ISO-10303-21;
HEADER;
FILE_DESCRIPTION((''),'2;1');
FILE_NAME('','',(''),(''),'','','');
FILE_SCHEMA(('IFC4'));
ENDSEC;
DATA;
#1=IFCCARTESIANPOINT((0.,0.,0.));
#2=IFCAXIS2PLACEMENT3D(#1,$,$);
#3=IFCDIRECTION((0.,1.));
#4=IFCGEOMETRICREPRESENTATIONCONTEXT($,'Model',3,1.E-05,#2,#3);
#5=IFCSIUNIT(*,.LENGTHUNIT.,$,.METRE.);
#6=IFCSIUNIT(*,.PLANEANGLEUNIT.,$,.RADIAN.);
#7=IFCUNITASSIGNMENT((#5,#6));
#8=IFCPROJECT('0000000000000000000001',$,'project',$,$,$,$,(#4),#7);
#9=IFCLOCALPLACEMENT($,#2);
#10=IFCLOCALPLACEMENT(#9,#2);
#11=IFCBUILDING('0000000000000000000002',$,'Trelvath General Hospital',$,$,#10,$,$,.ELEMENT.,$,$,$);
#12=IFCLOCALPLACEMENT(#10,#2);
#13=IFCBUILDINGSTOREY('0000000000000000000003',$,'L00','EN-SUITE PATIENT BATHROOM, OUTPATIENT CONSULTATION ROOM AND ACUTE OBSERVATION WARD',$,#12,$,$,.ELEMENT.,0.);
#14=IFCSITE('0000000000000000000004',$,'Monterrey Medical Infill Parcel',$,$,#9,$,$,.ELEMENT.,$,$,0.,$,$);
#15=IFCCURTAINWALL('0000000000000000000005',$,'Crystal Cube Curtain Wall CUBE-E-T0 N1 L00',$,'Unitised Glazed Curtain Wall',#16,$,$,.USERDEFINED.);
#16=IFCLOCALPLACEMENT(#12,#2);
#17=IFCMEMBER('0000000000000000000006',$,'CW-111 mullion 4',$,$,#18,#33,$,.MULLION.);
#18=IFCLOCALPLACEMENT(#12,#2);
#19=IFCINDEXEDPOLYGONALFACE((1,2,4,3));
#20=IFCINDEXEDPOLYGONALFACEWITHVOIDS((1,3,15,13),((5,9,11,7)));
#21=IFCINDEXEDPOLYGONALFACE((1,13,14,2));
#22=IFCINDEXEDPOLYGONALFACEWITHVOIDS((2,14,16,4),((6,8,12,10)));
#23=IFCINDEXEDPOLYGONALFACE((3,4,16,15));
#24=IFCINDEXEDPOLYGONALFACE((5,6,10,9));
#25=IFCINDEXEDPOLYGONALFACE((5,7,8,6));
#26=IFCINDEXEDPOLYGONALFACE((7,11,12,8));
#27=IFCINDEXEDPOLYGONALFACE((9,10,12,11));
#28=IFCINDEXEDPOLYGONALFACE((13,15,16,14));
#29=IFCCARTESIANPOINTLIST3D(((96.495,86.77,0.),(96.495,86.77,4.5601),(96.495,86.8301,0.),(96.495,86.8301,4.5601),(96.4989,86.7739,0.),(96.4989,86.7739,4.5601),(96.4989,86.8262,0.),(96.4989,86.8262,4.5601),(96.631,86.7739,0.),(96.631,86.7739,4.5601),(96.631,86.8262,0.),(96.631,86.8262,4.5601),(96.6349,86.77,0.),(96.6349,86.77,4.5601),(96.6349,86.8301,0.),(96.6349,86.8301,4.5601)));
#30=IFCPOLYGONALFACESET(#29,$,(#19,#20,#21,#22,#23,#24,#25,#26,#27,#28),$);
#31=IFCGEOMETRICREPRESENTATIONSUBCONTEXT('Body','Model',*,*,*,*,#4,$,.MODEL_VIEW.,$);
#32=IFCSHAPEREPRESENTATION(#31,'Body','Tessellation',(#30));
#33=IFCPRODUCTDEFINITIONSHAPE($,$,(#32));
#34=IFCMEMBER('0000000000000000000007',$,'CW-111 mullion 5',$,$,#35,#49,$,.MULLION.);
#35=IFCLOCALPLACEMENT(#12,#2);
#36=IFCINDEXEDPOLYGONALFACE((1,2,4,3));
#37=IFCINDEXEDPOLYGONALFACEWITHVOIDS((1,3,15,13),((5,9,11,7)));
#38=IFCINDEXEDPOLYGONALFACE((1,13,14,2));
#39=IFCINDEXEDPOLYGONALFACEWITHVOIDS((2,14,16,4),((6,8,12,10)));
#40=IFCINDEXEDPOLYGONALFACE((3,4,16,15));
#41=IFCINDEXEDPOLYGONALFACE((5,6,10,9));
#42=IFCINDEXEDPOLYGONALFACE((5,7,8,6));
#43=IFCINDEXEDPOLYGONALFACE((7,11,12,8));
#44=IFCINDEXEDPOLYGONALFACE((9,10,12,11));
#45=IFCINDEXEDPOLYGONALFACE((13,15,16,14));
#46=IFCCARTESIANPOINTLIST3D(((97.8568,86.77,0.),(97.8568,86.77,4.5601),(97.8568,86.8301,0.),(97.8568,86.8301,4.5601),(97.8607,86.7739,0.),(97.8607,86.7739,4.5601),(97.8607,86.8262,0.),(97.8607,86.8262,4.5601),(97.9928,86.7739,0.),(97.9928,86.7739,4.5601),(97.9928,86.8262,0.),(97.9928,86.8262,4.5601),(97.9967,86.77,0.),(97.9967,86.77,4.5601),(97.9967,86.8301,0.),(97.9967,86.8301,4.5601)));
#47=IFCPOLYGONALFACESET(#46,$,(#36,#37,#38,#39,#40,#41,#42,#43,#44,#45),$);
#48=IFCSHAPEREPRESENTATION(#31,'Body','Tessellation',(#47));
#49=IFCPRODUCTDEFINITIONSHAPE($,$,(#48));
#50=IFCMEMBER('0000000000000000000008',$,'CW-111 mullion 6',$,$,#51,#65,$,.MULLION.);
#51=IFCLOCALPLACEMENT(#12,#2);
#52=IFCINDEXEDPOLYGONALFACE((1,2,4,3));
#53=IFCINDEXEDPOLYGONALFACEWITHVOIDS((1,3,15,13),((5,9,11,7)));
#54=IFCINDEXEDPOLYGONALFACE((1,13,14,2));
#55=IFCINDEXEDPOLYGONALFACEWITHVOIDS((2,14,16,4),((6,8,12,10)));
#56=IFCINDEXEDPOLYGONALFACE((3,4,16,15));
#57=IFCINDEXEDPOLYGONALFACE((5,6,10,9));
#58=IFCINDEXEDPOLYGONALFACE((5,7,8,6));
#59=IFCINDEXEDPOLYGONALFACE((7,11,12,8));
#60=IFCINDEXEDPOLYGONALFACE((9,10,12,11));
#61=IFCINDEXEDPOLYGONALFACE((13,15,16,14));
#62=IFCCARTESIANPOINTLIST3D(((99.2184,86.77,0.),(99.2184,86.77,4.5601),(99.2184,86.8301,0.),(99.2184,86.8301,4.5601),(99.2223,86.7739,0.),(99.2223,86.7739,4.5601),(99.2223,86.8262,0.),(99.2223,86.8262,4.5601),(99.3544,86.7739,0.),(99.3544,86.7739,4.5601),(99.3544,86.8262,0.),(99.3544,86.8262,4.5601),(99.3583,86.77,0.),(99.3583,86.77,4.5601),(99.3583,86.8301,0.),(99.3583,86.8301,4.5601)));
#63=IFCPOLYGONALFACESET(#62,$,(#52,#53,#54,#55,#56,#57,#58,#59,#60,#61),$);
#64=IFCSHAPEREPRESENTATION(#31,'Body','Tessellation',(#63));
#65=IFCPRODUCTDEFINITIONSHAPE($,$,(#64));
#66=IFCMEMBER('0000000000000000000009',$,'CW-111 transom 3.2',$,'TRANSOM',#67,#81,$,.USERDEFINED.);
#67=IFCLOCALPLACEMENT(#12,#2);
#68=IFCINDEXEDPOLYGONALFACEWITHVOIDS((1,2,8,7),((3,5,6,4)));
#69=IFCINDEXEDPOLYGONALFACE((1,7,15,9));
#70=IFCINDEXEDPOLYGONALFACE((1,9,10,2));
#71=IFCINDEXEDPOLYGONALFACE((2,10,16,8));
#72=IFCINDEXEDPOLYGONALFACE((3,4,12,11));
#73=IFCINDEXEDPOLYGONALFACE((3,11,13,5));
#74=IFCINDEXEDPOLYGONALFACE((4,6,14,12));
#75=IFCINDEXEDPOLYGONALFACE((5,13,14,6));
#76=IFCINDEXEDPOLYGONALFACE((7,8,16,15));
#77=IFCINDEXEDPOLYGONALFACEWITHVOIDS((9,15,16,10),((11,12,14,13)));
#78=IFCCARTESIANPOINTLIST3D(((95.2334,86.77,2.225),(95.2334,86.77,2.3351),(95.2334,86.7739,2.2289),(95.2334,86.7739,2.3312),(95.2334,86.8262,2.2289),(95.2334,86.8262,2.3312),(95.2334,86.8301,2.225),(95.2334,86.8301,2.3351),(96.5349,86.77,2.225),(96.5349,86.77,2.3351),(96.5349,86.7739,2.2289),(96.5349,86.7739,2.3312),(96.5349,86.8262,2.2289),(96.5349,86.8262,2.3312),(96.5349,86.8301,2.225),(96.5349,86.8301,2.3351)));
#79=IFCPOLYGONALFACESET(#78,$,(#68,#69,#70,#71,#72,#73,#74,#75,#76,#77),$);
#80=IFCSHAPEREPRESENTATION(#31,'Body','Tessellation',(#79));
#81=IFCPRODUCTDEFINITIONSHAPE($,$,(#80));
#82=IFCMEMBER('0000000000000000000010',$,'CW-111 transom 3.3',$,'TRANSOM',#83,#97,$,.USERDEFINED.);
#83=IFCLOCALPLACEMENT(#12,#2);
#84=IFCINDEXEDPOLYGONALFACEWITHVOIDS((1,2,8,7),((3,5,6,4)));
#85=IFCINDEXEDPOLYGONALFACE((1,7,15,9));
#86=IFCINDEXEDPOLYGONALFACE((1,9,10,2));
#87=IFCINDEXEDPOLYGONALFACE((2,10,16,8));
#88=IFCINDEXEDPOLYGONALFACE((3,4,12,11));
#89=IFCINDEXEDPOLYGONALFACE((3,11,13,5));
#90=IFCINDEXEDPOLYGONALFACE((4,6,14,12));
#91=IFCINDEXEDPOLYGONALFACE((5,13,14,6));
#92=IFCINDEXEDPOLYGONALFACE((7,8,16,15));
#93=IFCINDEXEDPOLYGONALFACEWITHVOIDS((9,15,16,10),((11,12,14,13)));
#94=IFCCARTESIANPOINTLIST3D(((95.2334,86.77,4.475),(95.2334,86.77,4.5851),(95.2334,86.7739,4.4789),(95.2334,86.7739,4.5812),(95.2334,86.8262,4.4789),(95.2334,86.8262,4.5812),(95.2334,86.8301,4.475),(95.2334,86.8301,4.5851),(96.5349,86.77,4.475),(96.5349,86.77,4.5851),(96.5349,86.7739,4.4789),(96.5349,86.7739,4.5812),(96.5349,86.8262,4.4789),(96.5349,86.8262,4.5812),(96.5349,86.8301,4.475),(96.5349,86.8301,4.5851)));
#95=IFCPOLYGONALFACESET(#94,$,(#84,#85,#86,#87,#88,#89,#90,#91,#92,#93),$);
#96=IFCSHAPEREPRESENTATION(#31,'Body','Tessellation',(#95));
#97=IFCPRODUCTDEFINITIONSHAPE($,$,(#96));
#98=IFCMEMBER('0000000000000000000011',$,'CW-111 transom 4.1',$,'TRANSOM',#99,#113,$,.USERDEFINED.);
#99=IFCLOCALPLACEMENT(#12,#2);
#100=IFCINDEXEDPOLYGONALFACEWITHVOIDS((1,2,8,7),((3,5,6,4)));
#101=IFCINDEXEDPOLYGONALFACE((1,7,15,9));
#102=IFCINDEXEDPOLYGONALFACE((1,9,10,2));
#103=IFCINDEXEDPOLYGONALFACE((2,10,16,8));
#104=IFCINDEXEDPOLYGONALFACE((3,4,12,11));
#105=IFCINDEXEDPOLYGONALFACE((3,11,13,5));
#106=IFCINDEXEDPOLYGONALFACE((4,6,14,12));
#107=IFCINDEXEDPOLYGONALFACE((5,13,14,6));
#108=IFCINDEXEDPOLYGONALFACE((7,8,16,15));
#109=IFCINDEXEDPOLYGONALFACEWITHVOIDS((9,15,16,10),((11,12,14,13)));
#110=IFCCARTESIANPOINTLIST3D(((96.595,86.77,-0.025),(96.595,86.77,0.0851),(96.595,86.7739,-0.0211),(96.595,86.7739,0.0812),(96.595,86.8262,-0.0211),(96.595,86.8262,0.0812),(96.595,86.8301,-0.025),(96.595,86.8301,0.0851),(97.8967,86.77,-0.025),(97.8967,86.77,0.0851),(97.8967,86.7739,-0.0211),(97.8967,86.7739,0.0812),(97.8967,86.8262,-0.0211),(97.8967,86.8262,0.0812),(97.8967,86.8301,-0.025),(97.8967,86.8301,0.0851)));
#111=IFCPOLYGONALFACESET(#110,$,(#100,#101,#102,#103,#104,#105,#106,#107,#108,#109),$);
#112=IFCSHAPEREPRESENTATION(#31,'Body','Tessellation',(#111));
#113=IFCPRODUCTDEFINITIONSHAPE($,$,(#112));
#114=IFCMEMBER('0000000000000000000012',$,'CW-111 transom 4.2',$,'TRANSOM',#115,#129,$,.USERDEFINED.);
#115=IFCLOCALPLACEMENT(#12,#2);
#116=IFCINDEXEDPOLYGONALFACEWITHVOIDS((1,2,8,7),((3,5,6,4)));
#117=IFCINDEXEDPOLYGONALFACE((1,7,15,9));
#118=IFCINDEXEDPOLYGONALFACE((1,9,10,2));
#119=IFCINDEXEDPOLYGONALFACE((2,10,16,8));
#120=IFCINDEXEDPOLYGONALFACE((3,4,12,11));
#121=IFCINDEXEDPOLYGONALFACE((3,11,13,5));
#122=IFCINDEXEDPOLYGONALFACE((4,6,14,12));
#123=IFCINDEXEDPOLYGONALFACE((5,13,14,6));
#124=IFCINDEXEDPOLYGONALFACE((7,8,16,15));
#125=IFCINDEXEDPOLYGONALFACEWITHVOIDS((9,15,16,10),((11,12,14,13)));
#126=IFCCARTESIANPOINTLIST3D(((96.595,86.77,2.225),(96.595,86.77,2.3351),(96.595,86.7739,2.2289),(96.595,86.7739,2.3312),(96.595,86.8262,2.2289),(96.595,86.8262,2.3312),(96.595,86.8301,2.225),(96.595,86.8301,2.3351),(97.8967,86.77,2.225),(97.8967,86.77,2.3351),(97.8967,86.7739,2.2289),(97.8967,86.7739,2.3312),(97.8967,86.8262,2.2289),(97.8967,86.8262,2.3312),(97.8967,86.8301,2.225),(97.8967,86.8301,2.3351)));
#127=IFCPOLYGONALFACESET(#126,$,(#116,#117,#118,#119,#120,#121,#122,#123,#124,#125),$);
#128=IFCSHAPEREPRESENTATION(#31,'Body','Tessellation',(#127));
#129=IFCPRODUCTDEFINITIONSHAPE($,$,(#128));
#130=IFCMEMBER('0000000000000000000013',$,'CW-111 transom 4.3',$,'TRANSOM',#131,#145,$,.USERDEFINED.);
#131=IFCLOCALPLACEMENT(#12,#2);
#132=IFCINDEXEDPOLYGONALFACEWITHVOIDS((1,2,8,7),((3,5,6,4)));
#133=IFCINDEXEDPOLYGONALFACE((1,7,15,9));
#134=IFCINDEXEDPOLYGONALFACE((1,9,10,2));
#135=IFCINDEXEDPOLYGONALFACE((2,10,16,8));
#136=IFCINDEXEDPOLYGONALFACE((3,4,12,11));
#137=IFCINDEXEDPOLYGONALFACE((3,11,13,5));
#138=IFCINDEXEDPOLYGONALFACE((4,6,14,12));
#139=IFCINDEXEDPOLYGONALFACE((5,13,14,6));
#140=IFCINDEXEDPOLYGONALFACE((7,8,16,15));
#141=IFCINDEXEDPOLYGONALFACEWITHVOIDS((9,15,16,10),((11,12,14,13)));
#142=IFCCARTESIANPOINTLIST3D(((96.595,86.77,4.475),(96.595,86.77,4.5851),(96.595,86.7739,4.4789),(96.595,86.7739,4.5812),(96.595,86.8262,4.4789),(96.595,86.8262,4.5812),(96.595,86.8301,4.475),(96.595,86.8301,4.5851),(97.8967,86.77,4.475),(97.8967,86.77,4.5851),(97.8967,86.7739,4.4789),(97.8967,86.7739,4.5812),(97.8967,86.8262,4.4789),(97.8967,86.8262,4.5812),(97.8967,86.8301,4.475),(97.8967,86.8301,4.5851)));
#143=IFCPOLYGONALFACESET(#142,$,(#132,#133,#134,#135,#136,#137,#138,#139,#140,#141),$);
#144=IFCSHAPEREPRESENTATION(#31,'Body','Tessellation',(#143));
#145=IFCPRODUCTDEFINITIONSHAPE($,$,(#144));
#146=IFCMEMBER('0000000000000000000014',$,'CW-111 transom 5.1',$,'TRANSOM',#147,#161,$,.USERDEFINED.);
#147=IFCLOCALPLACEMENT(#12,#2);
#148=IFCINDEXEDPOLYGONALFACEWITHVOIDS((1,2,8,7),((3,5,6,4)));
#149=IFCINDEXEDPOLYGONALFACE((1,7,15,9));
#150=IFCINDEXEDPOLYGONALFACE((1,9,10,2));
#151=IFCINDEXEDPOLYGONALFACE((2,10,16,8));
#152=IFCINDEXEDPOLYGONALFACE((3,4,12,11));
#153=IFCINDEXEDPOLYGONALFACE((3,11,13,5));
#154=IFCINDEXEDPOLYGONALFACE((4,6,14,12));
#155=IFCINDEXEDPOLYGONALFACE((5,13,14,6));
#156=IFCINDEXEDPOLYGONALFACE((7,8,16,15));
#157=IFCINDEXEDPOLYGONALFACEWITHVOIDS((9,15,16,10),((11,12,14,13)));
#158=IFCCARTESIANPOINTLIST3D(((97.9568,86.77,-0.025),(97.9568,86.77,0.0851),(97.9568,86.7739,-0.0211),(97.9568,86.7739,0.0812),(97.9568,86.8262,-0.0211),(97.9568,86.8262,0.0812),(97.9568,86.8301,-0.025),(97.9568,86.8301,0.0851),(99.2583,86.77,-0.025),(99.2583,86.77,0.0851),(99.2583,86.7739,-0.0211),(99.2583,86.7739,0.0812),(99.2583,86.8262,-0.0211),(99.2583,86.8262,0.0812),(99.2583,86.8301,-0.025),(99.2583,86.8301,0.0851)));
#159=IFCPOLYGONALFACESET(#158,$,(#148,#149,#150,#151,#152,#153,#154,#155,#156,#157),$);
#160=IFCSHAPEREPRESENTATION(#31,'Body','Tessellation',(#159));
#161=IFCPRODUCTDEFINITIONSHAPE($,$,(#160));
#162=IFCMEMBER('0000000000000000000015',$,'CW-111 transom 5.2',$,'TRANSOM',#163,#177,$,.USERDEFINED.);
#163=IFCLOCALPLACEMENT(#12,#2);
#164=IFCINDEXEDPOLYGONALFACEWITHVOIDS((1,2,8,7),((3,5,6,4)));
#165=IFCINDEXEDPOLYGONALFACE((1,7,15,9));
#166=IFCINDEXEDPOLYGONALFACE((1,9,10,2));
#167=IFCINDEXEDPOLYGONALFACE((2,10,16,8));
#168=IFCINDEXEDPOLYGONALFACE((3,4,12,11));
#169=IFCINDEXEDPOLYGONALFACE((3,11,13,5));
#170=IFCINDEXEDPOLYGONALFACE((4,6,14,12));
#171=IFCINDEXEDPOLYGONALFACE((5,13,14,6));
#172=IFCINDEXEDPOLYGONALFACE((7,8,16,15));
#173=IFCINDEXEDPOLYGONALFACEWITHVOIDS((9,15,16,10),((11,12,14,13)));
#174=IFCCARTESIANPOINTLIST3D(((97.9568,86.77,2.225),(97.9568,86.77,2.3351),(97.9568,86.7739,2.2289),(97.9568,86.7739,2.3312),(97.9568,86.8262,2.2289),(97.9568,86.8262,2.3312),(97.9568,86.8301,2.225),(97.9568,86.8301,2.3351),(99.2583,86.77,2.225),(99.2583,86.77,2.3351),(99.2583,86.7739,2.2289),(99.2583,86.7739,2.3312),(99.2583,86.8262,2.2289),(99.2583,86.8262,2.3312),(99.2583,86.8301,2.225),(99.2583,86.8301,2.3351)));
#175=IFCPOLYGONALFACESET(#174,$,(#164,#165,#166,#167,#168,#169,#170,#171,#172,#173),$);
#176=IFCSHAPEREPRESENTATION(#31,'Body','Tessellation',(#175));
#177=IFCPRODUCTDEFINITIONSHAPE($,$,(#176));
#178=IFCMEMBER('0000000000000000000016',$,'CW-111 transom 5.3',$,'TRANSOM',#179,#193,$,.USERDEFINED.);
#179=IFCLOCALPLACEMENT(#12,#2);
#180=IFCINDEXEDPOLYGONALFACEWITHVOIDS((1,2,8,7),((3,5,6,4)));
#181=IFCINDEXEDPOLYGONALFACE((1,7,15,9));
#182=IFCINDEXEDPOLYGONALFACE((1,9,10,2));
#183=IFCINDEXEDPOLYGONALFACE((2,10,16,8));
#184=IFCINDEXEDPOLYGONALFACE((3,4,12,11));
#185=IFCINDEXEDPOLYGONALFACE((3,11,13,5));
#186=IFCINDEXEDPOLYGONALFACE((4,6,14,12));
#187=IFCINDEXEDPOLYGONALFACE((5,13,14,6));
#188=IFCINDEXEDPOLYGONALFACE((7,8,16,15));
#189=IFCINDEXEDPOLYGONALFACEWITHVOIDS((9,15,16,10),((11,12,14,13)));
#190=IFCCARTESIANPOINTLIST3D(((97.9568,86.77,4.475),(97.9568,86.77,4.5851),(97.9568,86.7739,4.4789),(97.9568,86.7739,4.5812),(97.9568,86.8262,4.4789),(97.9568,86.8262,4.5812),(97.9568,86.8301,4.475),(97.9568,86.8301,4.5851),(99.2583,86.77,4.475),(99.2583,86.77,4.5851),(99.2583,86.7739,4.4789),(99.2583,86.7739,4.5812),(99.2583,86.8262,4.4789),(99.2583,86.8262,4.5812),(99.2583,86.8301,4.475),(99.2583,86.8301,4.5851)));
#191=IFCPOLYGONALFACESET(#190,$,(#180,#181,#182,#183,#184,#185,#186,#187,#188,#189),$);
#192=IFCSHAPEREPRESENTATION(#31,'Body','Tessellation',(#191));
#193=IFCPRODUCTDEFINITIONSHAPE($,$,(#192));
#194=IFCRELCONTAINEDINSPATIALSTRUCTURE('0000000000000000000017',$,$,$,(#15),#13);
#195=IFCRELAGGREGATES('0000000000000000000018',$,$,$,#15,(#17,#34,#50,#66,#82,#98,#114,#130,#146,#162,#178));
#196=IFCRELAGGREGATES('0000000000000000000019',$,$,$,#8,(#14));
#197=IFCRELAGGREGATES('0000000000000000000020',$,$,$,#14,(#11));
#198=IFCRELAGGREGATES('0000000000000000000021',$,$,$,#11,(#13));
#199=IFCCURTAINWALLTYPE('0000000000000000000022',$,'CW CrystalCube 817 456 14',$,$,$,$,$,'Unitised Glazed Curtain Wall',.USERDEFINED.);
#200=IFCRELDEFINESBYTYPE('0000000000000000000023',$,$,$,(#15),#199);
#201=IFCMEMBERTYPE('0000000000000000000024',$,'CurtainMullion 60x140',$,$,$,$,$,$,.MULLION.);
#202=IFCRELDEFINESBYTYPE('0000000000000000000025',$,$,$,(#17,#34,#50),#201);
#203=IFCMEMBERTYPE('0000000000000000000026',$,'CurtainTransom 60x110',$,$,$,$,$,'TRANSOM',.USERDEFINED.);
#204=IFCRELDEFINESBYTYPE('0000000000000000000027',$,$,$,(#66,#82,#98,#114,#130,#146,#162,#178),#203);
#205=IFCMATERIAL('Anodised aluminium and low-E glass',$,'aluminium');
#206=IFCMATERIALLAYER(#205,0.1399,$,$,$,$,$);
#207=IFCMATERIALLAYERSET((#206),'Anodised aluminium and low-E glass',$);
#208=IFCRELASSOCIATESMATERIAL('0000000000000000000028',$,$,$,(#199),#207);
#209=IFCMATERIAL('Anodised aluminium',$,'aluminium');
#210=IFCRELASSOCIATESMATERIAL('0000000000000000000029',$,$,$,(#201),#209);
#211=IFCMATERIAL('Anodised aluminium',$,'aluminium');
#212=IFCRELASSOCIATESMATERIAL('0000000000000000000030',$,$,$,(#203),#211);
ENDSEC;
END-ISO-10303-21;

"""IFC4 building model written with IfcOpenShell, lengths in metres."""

from ifc_helpers import new_model, si_unit, direction, frame, origin, origin_2d, place, context, subcontext, project, spatial, hollow_rectangle, extrude, material, layer, layer_set, material_profile, profile_set, type_object, element, aggregate, save


model = new_model("IFC4")

# Units and contexts
model_context = context("Model", 3, precision=1e-05, world=origin(), true_north=direction((0.0, 1.0)))
body_context = subcontext(model_context, "Body", "Model", "MODEL_VIEW")
ifc_project = project(units=[si_unit("LENGTHUNIT", "METRE"), si_unit("PLANEANGLEUNIT", "RADIAN")], contexts=[model_context])

# Site, building, storey
site_placement = place(None, origin())
site = spatial("IfcSite", under=ifc_project, at=site_placement, Name="Monterrey Medical Infill Parcel", CompositionType="ELEMENT", RefElevation=0.0)
building_placement = place(site_placement, origin())
building = spatial("IfcBuilding", under=site, at=building_placement, Name="Trelvath General Hospital", CompositionType="ELEMENT")
storey_placement = place(building_placement, origin())
storey = spatial("IfcBuildingStorey", under=building, at=storey_placement, Name="L00", Description="EN-SUITE PATIENT BATHROOM, OUTPATIENT CONSULTATION ROOM AND ACUTE OBSERVATION WARD", CompositionType="ELEMENT", Elevation=0.0)

# Curtain wall, members
ifc_material_1 = material(Name="Anodised aluminium and low-E glass", Category="aluminium")
ifc_layer_1 = layer(ifc_material_1, 0.1399)
ifc_layer_set_1 = layer_set([ifc_layer_1], Name="Anodised aluminium and low-E glass")
curtain_wall_type = type_object("IfcCurtainWallType", Name="CW CrystalCube 817 456 14", ElementType="Unitised Glazed Curtain Wall", PredefinedType="USERDEFINED", material=ifc_layer_set_1)
curtain_wall_placement = place(storey_placement, origin())
curtain_wall = element("IfcCurtainWall", 1, at=curtain_wall_placement, inside=storey, type_object=curtain_wall_type, Name="Crystal Cube Curtain Wall CUBE-E-T0 N1 L00", ObjectType="Unitised Glazed Curtain Wall", PredefinedType="USERDEFINED")
ifc_material_2 = material(Name="Anodised aluminium", Category="aluminium")
ifc_material_profile_1 = material_profile(ifc_material_2, hollow_rectangle(XDim=0.0601, YDim=0.1399, WallThickness=0.0039, at=origin_2d()), Name="RHS60x140x4")
ifc_profile_set_1 = profile_set([ifc_material_profile_1], Name="Anodised aluminium")
member_type_1 = type_object("IfcMemberType", Name="CurtainMullion 60x140", PredefinedType="MULLION", material=ifc_profile_set_1)
member_1_placement = place(storey_placement, frame((96.5649, 86.8, 0.0), z_axis=(0.0, 0.0, 1.0), x_axis=(0.0, 1.0, 0.0)))
member_1 = element("IfcMember", 2, at=member_1_placement, type_object=member_type_1, Name="CW-111 mullion 4", PredefinedType="MULLION", context=body_context, shape_type="SweptSolid", body=[
    extrude(hollow_rectangle(XDim=0.0601, YDim=0.1399, WallThickness=0.0039, at=origin_2d()), origin(), (0.0, 0.0, 1.0), 4.5601),
])
member_2_placement = place(storey_placement, frame((97.9268, 86.8, 0.0), z_axis=(0.0, 0.0, 1.0), x_axis=(0.0, 1.0, 0.0)))
member_2 = element("IfcMember", 3, at=member_2_placement, type_object=member_type_1, Name="CW-111 mullion 5", PredefinedType="MULLION", context=body_context, shape_type="SweptSolid", body=[
    extrude(hollow_rectangle(XDim=0.0601, YDim=0.1399, WallThickness=0.0039, at=origin_2d()), origin(), (0.0, 0.0, 1.0), 4.5601),
])
member_3_placement = place(storey_placement, frame((99.2883, 86.8, 0.0), z_axis=(0.0, 0.0, 1.0), x_axis=(0.0, 1.0, 0.0)))
member_3 = element("IfcMember", 4, at=member_3_placement, type_object=member_type_1, Name="CW-111 mullion 6", PredefinedType="MULLION", context=body_context, shape_type="SweptSolid", body=[
    extrude(hollow_rectangle(XDim=0.0601, YDim=0.1399, WallThickness=0.0039, at=origin_2d()), origin(), (0.0, 0.0, 1.0), 4.5601),
])
ifc_material_3 = material(Name="Anodised aluminium", Category="aluminium")
ifc_material_profile_2 = material_profile(ifc_material_3, hollow_rectangle(XDim=0.0601, YDim=0.1101, WallThickness=0.0039, at=origin_2d()), Name="RHS60x110x4")
ifc_profile_set_2 = profile_set([ifc_material_profile_2], Name="Anodised aluminium")
member_type_2 = type_object("IfcMemberType", Name="CurtainTransom 60x110", ElementType="TRANSOM", PredefinedType="USERDEFINED", material=ifc_profile_set_2)
member_4_placement = place(storey_placement, frame((95.2334, 86.8, 2.28), z_axis=(1.0, 0.0, 0.0), x_axis=(0.0, 1.0, 0.0)))
member_4 = element("IfcMember", 5, at=member_4_placement, type_object=member_type_2, Name="CW-111 transom 3.2", ObjectType="TRANSOM", PredefinedType="USERDEFINED", context=body_context, shape_type="SweptSolid", body=[
    extrude(hollow_rectangle(XDim=0.0601, YDim=0.1101, WallThickness=0.0039, at=origin_2d()), origin(), (0.0, 0.0, 1.0), 1.3015),
])
member_5_placement = place(storey_placement, frame((95.2334, 86.8, 4.53), z_axis=(1.0, 0.0, 0.0), x_axis=(0.0, 1.0, 0.0)))
member_5 = element("IfcMember", 6, at=member_5_placement, type_object=member_type_2, Name="CW-111 transom 3.3", ObjectType="TRANSOM", PredefinedType="USERDEFINED", context=body_context, shape_type="SweptSolid", body=[
    extrude(hollow_rectangle(XDim=0.0601, YDim=0.1101, WallThickness=0.0039, at=origin_2d()), origin(), (0.0, 0.0, 1.0), 1.3015),
])
member_6_placement = place(storey_placement, frame((96.595, 86.8, 0.03), z_axis=(1.0, 0.0, 0.0), x_axis=(0.0, 1.0, 0.0)))
member_6 = element("IfcMember", 7, at=member_6_placement, type_object=member_type_2, Name="CW-111 transom 4.1", ObjectType="TRANSOM", PredefinedType="USERDEFINED", context=body_context, shape_type="SweptSolid", body=[
    extrude(hollow_rectangle(XDim=0.0601, YDim=0.1101, WallThickness=0.0039, at=origin_2d()), origin(), (0.0, 0.0, 1.0), 1.3018),
])
member_7_placement = place(storey_placement, frame((96.595, 86.8, 2.28), z_axis=(1.0, 0.0, 0.0), x_axis=(0.0, 1.0, 0.0)))
member_7 = element("IfcMember", 8, at=member_7_placement, type_object=member_type_2, Name="CW-111 transom 4.2", ObjectType="TRANSOM", PredefinedType="USERDEFINED", context=body_context, shape_type="SweptSolid", body=[
    extrude(hollow_rectangle(XDim=0.0601, YDim=0.1101, WallThickness=0.0039, at=origin_2d()), origin(), (0.0, 0.0, 1.0), 1.3018),
])
member_8_placement = place(storey_placement, frame((96.595, 86.8, 4.53), z_axis=(1.0, 0.0, 0.0), x_axis=(0.0, 1.0, 0.0)))
member_8 = element("IfcMember", 9, at=member_8_placement, type_object=member_type_2, Name="CW-111 transom 4.3", ObjectType="TRANSOM", PredefinedType="USERDEFINED", context=body_context, shape_type="SweptSolid", body=[
    extrude(hollow_rectangle(XDim=0.0601, YDim=0.1101, WallThickness=0.0039, at=origin_2d()), origin(), (0.0, 0.0, 1.0), 1.3018),
])
member_9_placement = place(storey_placement, frame((97.9568, 86.8, 0.03), z_axis=(1.0, 0.0, 0.0), x_axis=(0.0, 1.0, 0.0)))
member_9 = element("IfcMember", 10, at=member_9_placement, type_object=member_type_2, Name="CW-111 transom 5.1", ObjectType="TRANSOM", PredefinedType="USERDEFINED", context=body_context, shape_type="SweptSolid", body=[
    extrude(hollow_rectangle(XDim=0.0601, YDim=0.1101, WallThickness=0.0039, at=origin_2d()), origin(), (0.0, 0.0, 1.0), 1.3015),
])
member_10_placement = place(storey_placement, frame((97.9568, 86.8, 2.28), z_axis=(1.0, 0.0, 0.0), x_axis=(0.0, 1.0, 0.0)))
member_10 = element("IfcMember", 11, at=member_10_placement, type_object=member_type_2, Name="CW-111 transom 5.2", ObjectType="TRANSOM", PredefinedType="USERDEFINED", context=body_context, shape_type="SweptSolid", body=[
    extrude(hollow_rectangle(XDim=0.0601, YDim=0.1101, WallThickness=0.0039, at=origin_2d()), origin(), (0.0, 0.0, 1.0), 1.3015),
])
member_11_placement = place(storey_placement, frame((97.9568, 86.8, 4.53), z_axis=(1.0, 0.0, 0.0), x_axis=(0.0, 1.0, 0.0)))
member_11 = element("IfcMember", 12, at=member_11_placement, type_object=member_type_2, Name="CW-111 transom 5.3", ObjectType="TRANSOM", PredefinedType="USERDEFINED", context=body_context, shape_type="SweptSolid", body=[
    extrude(hollow_rectangle(XDim=0.0601, YDim=0.1101, WallThickness=0.0039, at=origin_2d()), origin(), (0.0, 0.0, 1.0), 1.3015),
])
aggregate(curtain_wall, [member_1, member_2, member_3, member_4, member_5, member_6, member_7, member_8, member_9, member_10, member_11])

save(model, "model.ifc")
